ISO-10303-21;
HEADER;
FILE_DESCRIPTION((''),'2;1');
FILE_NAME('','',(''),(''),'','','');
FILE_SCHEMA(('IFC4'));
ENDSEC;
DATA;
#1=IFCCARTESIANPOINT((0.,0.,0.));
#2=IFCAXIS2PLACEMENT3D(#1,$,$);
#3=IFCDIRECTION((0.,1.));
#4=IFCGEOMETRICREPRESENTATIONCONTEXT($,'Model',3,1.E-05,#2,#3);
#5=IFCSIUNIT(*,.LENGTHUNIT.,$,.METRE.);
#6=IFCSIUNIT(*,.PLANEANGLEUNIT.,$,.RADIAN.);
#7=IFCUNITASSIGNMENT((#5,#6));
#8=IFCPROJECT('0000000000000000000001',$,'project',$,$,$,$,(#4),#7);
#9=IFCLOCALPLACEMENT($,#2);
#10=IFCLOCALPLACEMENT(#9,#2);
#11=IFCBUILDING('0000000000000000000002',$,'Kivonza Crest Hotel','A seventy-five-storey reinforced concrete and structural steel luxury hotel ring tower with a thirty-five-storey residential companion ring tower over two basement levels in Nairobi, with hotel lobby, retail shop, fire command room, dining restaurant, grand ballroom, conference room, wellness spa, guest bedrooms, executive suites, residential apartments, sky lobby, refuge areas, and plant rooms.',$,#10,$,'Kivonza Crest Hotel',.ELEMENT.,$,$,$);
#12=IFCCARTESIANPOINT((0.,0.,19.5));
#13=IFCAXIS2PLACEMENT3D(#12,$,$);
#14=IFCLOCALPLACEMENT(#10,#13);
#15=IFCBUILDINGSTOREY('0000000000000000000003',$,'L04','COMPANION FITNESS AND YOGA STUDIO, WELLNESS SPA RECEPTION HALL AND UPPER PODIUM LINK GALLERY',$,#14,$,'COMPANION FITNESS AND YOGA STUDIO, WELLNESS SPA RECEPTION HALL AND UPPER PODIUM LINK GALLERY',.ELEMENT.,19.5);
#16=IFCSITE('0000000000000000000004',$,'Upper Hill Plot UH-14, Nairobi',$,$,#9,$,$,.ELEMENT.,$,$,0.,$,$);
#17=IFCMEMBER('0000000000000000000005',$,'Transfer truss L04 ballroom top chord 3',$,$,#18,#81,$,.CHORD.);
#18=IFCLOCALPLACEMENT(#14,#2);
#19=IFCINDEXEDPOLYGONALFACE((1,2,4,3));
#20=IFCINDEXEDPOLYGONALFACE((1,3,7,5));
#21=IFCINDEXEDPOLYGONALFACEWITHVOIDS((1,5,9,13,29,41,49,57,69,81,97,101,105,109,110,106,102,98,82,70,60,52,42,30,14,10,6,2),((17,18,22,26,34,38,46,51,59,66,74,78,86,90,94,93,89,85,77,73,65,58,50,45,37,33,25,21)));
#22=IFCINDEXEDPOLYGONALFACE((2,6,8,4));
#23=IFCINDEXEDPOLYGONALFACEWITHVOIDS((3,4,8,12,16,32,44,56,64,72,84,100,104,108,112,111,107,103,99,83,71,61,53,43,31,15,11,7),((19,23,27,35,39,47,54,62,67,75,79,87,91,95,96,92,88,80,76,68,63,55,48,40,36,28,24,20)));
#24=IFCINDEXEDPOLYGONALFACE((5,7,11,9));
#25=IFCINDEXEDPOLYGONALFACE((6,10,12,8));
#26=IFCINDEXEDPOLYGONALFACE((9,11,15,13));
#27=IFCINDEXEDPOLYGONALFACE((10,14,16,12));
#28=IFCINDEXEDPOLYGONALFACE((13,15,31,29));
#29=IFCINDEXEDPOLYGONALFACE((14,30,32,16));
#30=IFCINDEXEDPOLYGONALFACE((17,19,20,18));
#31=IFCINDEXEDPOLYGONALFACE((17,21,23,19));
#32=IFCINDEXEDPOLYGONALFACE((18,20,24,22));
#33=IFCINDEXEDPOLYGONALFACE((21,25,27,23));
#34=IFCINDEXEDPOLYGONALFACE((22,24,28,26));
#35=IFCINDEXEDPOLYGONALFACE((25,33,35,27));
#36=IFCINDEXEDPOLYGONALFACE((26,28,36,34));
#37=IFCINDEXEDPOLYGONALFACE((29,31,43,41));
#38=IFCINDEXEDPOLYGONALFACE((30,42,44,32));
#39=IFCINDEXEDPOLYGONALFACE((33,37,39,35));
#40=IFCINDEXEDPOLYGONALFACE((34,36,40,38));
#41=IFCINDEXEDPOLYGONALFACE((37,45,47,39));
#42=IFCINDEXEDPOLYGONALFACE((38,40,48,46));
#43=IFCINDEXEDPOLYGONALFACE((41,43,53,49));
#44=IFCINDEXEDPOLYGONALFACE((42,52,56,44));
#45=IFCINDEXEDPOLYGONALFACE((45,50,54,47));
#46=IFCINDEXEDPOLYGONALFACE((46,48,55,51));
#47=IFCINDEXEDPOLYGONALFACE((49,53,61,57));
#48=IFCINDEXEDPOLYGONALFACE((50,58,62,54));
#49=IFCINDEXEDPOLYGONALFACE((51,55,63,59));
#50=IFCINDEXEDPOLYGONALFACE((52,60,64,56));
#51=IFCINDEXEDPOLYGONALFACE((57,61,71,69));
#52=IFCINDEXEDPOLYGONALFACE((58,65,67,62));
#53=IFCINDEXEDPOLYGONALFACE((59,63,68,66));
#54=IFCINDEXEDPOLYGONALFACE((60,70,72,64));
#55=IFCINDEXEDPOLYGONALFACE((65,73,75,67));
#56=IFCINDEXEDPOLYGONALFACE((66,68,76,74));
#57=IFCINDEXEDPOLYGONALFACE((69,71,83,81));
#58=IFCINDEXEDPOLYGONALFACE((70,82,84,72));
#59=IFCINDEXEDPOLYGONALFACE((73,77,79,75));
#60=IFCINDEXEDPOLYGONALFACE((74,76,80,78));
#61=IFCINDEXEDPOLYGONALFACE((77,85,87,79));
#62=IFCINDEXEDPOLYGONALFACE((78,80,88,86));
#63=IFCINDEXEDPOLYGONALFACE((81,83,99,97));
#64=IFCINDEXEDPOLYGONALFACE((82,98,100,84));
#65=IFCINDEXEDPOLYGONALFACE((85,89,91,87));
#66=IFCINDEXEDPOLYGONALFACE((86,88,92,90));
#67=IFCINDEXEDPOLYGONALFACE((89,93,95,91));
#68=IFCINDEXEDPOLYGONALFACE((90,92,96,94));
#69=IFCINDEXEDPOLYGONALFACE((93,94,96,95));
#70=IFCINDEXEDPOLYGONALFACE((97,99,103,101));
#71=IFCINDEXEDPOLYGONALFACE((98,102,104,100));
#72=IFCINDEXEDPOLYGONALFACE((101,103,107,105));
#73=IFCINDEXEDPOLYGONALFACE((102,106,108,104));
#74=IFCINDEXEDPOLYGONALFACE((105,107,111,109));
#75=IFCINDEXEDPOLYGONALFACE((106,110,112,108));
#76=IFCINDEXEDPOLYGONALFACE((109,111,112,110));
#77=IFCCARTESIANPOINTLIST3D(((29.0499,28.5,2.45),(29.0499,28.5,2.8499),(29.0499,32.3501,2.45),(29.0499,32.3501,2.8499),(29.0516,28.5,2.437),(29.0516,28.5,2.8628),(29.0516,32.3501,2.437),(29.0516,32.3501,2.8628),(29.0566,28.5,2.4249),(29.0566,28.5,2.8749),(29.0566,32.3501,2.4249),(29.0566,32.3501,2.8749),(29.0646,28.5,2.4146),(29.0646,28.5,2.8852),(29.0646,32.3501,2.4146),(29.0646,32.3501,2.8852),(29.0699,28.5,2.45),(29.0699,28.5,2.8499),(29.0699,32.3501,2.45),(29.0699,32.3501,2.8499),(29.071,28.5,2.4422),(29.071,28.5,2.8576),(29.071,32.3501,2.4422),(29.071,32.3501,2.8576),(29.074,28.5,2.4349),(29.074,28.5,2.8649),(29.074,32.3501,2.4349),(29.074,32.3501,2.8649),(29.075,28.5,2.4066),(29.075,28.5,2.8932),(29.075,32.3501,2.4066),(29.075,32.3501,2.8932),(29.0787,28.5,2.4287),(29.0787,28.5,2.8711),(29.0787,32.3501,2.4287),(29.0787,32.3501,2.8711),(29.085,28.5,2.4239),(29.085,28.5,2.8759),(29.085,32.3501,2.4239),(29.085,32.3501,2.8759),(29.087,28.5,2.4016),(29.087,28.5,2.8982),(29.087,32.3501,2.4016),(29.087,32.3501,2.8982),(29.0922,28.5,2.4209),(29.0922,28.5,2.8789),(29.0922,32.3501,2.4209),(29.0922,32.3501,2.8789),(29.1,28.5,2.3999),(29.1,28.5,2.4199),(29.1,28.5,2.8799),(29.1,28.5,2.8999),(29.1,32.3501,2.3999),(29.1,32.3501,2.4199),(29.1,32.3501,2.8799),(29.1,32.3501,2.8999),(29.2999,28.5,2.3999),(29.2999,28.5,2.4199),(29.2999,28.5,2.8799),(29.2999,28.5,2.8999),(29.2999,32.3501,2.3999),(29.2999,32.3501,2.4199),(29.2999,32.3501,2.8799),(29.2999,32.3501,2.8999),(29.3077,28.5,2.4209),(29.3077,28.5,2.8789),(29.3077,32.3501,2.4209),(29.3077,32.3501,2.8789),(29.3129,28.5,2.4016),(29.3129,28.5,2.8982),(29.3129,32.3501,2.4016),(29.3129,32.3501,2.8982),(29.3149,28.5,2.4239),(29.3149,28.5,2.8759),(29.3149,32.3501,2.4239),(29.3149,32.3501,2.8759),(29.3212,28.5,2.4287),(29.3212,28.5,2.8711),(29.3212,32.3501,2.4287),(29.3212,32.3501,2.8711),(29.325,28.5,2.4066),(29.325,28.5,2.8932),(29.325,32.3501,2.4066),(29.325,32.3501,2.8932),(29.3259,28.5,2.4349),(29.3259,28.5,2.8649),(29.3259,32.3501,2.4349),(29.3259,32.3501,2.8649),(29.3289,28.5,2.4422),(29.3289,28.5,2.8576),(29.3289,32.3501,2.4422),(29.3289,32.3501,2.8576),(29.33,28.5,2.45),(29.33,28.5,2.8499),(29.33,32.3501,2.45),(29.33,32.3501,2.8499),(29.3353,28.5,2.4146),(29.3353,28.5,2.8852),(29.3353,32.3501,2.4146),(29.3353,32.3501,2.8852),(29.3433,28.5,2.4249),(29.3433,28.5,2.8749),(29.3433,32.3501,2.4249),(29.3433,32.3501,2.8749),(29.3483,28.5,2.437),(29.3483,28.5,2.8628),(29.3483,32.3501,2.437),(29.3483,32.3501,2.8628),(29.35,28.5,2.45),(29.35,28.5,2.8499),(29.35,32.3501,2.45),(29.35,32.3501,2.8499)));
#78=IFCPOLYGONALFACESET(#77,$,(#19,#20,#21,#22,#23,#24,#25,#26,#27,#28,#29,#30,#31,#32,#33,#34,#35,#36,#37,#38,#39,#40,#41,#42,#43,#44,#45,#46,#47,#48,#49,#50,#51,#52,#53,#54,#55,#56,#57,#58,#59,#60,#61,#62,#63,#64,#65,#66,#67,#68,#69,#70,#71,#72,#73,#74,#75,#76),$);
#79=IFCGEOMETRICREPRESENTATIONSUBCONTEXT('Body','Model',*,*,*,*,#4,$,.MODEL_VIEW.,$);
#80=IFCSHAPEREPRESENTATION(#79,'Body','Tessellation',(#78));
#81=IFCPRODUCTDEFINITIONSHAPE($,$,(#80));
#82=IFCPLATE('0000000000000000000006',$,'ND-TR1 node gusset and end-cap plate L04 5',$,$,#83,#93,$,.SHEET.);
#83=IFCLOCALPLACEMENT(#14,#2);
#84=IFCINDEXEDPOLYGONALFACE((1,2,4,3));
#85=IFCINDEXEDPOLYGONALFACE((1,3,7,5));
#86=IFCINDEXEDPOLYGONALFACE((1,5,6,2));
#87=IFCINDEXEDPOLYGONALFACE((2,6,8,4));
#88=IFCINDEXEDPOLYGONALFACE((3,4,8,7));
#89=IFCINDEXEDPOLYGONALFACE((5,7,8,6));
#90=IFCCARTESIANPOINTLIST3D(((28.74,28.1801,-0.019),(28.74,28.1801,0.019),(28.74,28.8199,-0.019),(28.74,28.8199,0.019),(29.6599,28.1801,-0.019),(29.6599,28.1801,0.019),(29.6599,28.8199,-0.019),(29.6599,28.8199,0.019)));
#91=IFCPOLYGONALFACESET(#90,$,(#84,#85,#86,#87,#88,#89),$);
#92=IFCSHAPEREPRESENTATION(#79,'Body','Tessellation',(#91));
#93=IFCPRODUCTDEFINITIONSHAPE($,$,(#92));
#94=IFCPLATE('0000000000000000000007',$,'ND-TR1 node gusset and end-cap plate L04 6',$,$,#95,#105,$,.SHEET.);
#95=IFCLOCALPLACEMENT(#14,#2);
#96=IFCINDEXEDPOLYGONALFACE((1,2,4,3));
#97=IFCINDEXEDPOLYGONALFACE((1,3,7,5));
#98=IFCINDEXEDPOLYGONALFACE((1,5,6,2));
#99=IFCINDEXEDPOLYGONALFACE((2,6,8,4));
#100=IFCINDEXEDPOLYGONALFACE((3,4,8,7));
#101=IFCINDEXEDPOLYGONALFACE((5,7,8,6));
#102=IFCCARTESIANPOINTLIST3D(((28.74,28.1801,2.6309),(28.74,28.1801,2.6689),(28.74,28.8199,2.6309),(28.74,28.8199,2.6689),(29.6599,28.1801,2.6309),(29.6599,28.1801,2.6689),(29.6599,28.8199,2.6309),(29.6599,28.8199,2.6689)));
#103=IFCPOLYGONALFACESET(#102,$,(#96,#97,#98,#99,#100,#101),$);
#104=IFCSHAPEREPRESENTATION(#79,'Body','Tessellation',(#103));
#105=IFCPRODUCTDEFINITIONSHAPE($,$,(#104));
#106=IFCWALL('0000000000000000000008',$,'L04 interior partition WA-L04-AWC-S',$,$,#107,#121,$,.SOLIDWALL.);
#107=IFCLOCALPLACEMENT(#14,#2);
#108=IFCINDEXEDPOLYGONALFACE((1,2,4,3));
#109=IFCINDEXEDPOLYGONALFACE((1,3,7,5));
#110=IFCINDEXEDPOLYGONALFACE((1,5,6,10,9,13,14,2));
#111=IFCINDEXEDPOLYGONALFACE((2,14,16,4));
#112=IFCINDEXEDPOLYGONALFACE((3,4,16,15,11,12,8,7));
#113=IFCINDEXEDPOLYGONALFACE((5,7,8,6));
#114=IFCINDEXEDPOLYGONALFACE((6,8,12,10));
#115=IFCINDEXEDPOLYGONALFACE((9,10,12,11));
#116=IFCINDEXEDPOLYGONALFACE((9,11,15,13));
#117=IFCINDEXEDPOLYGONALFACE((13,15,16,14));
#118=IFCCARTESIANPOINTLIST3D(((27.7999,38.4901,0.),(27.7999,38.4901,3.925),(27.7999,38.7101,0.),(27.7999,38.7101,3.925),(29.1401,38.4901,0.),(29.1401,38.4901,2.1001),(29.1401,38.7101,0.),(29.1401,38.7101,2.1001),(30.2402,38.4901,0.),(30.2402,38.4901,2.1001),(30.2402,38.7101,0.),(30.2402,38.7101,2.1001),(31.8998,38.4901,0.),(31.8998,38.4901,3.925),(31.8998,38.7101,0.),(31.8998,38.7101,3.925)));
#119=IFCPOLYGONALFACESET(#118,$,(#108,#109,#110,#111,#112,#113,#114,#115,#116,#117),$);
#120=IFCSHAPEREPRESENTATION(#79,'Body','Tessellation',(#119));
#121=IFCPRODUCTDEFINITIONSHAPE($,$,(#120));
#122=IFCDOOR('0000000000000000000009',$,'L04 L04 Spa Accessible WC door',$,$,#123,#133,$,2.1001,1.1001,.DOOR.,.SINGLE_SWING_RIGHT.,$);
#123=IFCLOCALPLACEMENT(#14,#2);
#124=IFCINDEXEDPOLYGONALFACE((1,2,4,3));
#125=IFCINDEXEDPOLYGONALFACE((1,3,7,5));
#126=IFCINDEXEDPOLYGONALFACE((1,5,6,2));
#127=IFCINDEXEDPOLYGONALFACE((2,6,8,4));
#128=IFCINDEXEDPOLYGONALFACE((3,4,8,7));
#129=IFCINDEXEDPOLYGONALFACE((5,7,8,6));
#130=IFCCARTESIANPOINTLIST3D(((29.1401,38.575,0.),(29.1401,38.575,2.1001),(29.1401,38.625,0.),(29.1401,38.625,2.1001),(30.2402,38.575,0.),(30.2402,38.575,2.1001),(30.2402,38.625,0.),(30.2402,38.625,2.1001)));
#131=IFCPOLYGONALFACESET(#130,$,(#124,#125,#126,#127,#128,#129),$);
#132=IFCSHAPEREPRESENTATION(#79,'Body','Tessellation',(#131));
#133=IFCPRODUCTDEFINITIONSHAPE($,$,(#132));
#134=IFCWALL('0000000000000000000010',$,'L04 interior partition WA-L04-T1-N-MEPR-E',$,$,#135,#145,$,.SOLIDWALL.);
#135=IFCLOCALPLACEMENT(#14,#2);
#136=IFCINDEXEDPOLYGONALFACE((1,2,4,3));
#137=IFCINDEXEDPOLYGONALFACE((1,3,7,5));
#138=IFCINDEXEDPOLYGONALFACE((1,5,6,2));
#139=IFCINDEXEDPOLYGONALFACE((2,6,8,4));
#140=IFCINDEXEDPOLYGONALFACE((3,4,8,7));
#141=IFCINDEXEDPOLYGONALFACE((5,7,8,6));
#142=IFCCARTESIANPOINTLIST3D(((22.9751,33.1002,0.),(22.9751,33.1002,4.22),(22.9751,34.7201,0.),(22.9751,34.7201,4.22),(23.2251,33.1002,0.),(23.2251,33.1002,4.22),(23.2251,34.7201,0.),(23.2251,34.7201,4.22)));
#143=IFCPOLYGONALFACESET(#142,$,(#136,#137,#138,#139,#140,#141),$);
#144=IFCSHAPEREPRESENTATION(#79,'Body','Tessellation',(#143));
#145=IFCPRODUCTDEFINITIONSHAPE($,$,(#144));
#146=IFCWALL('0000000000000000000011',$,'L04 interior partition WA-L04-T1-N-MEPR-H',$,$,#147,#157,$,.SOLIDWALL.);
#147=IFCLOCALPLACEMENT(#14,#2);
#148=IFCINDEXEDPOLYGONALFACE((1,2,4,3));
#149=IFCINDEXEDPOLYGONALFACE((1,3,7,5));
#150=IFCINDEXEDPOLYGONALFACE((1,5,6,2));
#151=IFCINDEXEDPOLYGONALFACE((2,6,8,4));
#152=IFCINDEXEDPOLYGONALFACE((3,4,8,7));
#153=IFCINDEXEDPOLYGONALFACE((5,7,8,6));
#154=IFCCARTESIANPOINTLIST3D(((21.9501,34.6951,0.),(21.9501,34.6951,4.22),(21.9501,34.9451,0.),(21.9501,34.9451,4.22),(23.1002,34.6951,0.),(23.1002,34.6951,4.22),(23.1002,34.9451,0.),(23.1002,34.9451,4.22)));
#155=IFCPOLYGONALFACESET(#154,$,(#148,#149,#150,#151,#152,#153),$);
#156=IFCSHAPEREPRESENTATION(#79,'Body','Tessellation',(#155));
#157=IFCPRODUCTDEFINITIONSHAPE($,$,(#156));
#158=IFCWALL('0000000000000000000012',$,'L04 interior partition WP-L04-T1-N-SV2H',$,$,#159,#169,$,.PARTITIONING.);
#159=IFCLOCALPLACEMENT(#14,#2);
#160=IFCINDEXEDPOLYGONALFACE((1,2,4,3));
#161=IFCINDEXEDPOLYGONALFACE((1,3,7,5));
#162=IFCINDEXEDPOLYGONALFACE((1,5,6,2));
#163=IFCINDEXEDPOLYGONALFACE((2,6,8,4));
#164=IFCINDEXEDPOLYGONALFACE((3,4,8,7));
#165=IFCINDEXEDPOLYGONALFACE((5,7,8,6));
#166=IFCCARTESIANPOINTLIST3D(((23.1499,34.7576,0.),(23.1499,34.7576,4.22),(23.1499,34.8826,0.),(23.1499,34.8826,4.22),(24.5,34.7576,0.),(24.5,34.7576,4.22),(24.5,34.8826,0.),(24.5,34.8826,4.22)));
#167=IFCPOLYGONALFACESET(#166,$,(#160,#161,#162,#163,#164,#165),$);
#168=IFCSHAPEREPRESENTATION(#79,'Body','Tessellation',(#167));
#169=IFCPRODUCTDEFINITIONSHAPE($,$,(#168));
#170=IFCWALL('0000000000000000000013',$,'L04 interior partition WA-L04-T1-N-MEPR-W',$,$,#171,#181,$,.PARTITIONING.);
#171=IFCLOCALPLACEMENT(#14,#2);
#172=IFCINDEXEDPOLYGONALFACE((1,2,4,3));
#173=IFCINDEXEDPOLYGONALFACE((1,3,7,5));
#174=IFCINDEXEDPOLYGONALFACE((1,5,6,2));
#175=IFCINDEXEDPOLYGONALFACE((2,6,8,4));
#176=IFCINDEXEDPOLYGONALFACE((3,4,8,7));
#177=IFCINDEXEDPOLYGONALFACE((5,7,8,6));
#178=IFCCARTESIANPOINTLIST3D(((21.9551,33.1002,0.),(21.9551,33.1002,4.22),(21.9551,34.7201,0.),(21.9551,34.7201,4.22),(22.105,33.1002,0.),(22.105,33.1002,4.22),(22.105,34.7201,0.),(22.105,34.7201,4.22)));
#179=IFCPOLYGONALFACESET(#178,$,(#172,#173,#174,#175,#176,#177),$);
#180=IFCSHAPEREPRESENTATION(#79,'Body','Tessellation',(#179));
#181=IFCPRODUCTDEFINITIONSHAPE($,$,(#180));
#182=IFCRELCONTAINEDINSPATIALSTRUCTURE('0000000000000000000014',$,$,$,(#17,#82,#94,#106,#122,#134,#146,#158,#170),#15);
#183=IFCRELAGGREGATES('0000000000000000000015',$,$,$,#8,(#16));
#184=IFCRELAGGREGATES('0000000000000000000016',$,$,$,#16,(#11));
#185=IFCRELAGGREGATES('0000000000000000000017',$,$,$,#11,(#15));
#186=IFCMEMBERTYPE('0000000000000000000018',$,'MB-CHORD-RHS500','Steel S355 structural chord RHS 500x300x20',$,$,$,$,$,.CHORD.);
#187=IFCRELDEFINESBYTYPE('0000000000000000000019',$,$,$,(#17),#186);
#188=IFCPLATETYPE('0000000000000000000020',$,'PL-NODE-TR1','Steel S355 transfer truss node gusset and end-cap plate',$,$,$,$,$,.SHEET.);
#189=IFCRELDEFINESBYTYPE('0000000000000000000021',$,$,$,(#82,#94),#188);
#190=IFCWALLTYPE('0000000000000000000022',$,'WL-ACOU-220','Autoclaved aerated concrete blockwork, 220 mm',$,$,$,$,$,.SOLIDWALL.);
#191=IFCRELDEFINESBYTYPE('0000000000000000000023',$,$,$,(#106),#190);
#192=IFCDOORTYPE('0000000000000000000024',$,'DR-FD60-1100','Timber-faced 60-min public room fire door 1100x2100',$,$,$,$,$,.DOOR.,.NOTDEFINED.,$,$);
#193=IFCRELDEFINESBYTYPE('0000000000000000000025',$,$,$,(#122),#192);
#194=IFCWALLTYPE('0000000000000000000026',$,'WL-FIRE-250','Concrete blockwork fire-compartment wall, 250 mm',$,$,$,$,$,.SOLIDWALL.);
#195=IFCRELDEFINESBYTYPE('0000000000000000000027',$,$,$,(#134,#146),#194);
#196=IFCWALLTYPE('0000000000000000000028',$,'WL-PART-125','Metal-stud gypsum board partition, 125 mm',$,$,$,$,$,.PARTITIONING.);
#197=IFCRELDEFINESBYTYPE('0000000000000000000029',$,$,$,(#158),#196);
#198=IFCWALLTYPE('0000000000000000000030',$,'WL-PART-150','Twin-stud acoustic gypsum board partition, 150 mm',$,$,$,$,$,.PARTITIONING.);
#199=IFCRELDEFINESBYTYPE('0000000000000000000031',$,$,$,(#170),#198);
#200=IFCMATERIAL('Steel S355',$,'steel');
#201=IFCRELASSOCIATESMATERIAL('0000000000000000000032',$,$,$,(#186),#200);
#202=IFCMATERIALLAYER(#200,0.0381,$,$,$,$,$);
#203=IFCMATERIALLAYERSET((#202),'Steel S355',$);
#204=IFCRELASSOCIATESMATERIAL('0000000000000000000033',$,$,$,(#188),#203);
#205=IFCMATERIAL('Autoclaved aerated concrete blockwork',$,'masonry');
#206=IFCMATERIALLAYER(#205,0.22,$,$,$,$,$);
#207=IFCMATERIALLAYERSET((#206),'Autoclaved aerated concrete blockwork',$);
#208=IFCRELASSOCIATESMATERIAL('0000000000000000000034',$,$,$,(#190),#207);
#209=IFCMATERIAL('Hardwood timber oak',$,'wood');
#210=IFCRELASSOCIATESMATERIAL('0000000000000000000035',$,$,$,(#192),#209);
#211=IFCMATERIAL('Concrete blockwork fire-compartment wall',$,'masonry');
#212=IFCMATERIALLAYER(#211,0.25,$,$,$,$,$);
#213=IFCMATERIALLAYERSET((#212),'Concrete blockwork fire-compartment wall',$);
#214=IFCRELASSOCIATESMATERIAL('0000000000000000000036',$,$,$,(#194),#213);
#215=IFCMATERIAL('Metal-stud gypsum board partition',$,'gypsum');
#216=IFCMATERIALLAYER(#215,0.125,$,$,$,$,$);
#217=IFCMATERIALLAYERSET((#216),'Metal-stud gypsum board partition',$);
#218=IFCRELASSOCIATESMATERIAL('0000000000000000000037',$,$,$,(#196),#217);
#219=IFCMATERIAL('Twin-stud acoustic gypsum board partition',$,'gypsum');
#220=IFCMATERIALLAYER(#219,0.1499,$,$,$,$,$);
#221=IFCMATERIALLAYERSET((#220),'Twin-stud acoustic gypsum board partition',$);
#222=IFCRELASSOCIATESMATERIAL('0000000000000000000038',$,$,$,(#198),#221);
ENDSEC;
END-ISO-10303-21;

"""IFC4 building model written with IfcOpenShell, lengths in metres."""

from ifc_helpers import new_model, si_unit, direction, frame, frame_2d, origin, origin_2d, place, context, subcontext, project, spatial, rectangle, hollow_rectangle, extrude, material, layer, layer_set, material_profile, profile_set, type_object, element, fill, save


model = new_model("IFC4")

# Units and contexts
model_context = context("Model", 3, precision=1e-05, world=origin(), true_north=direction((0.0, 1.0)))
body_context = subcontext(model_context, "Body", "Model", "MODEL_VIEW")
ifc_project = project(units=[si_unit("LENGTHUNIT", "METRE"), si_unit("PLANEANGLEUNIT", "RADIAN")], contexts=[model_context])

# Site, building, storey
site_placement = place(None, origin())
site = spatial("IfcSite", under=ifc_project, at=site_placement, Name="Upper Hill Plot UH-14, Nairobi", CompositionType="ELEMENT", RefElevation=0.0)
building_placement = place(site_placement, origin())
building = spatial("IfcBuilding", under=site, at=building_placement, Name="Kivonza Crest Hotel", Description="A seventy-five-storey reinforced concrete and structural steel luxury hotel ring tower with a thirty-five-storey residential companion ring tower over two basement levels in Nairobi, with hotel lobby, retail shop, fire command room, dining restaurant, grand ballroom, conference room, wellness spa, guest bedrooms, executive suites, residential apartments, sky lobby, refuge areas, and plant rooms.", LongName="Kivonza Crest Hotel", CompositionType="ELEMENT")
storey_placement = place(building_placement, frame((0.0, 0.0, 19.5)))
storey = spatial("IfcBuildingStorey", under=building, at=storey_placement, Name="L04", Description="COMPANION FITNESS AND YOGA STUDIO, WELLNESS SPA RECEPTION HALL AND UPPER PODIUM LINK GALLERY", LongName="COMPANION FITNESS AND YOGA STUDIO, WELLNESS SPA RECEPTION HALL AND UPPER PODIUM LINK GALLERY", CompositionType="ELEMENT", Elevation=19.5)

# Shared definitions
ifc_material_1 = material(Name="Steel S355", Category="steel")

# Member
ifc_material_profile_1 = material_profile(ifc_material_1, hollow_rectangle(XDim=0.3, YDim=0.5, WallThickness=0.02, InnerFilletRadius=0.03, OuterFilletRadius=0.05, at=origin_2d()), Name="RHS 500x300x20")
ifc_profile_set_1 = profile_set([ifc_material_profile_1], Name="Steel S355")
member_type = type_object("IfcMemberType", Name="MB-CHORD-RHS500", Description="Steel S355 structural chord RHS 500x300x20", PredefinedType="CHORD", material=ifc_profile_set_1)
for number, where, z_axis, x_axis, name in (
    (1, (29.2, 28.5, 2.6499), (0.0, 1.0, 0.0), (-1.0, 0.0, 0.0), "Transfer truss L04 ballroom top chord 3"),
):
    element("IfcMember", number, at=place(storey_placement, frame(where, z_axis=z_axis, x_axis=x_axis)), inside=storey, type_object=member_type, Name=name, PredefinedType="CHORD", context=body_context, shape_type="SweptSolid", body=[
        extrude(hollow_rectangle(XDim=0.3, YDim=0.5, WallThickness=0.02, InnerFilletRadius=0.03, OuterFilletRadius=0.05, at=origin_2d()), origin(), (0.0, 0.0, 1.0), 3.8501),
    ])

# Plates
ifc_layer_1 = layer(ifc_material_1, 0.0381)
ifc_layer_set_1 = layer_set([ifc_layer_1], Name="Steel S355")
plate_type = type_object("IfcPlateType", Name="PL-NODE-TR1", Description="Steel S355 transfer truss node gusset and end-cap plate", PredefinedType="SHEET", material=ifc_layer_set_1)
for number, where, z_axis, x_axis, name in (
    (2, (29.2, 28.5, -0.019), (0.0, 0.0, 1.0), (1.0, 0.0, 0.0), "ND-TR1 node gusset and end-cap plate L04 5"),
    (3, (29.2, 28.5, 2.6309), (0.0, 0.0, 1.0), (1.0, 0.0, 0.0), "ND-TR1 node gusset and end-cap plate L04 6"),
):
    element("IfcPlate", number, at=place(storey_placement, frame(where, z_axis=z_axis, x_axis=x_axis)), inside=storey, type_object=plate_type, Name=name, PredefinedType="SHEET", context=body_context, shape_type="SweptSolid", body=[
        extrude(rectangle(XDim=0.9199, YDim=0.6399, at=origin_2d()), origin(), (0.0, 0.0, 1.0), 0.0381),
    ])

# Wall, opening, door
ifc_material_2 = material(Name="Autoclaved aerated concrete blockwork", Category="masonry")
ifc_layer_2 = layer(ifc_material_2, 0.22)
ifc_layer_set_2 = layer_set([ifc_layer_2], Name="Autoclaved aerated concrete blockwork")
wall_type_1 = type_object("IfcWallType", Name="WL-ACOU-220", Description="Autoclaved aerated concrete blockwork, 220 mm", PredefinedType="SOLIDWALL", material=ifc_layer_set_2)
wall_1_placement = place(storey_placement, frame((27.8, 38.6001, 0.0), z_axis=(0.0, 0.0, 1.0), x_axis=(1.0, 0.0, 0.0)))
wall_1 = element("IfcWall", 4, at=wall_1_placement, inside=storey, type_object=wall_type_1, Name="L04 interior partition WA-L04-AWC-S", PredefinedType="SOLIDWALL", context=body_context, shape_type="SweptSolid", body=[
    extrude(rectangle(XDim=4.0999, YDim=0.22, at=frame_2d((2.0498, 0.0))), origin(), (0.0, 0.0, 1.0), 3.925),
])
opening_1_placement = place(wall_1_placement, frame((1.3401, 0.0, 0.0)))
opening_1 = element("IfcOpeningElement", 5, at=opening_1_placement, cuts=wall_1, PredefinedType="OPENING", context=body_context, shape_type="SweptSolid", body=[
    extrude(rectangle(XDim=1.1001, YDim=2.1001, at=frame_2d((0.55, 1.05))), frame((0.0, 0.1201, 0.0), z_axis=(0.0, -1.0, 0.0), x_axis=(1.0, 0.0, 0.0)), (0.0, 0.0, 1.0), 0.24),
])
ifc_material_3 = material(Name="Hardwood timber oak", Category="wood")
door_type_1 = type_object("IfcDoorType", Name="DR-FD60-1100", Description="Timber-faced 60-min public room fire door 1100x2100", OperationType="NOTDEFINED", PredefinedType="DOOR", material=ifc_material_3)
door_1_placement = place(opening_1_placement, origin())
door_1 = element("IfcDoor", 6, at=door_1_placement, inside=storey, type_object=door_type_1, Name="L04 L04 Spa Accessible WC door", OperationType="SINGLE_SWING_RIGHT", OverallHeight=2.1001, OverallWidth=1.1001, PredefinedType="DOOR", context=body_context, shape_type="SweptSolid", body=[
    extrude(rectangle(XDim=1.1001, YDim=2.1001, at=frame_2d((0.55, 1.05))), frame((0.0, 0.0249, 0.0), z_axis=(0.0, -1.0, 0.0), x_axis=(1.0, 0.0, 0.0)), (0.0, 0.0, 1.0), 0.05),
])
fill(opening_1, door_1)

# Walls
ifc_material_4 = material(Name="Concrete blockwork fire-compartment wall", Category="masonry")
ifc_layer_3 = layer(ifc_material_4, 0.25)
ifc_layer_set_3 = layer_set([ifc_layer_3], Name="Concrete blockwork fire-compartment wall")
wall_type_2 = type_object("IfcWallType", Name="WL-FIRE-250", Description="Concrete blockwork fire-compartment wall, 250 mm", PredefinedType="SOLIDWALL", material=ifc_layer_set_3)
wall_2_placement = place(storey_placement, frame((23.1001, 33.1001, 0.0), z_axis=(0.0, 0.0, 1.0), x_axis=(0.0, 1.0, 0.0)))
element("IfcWall", 7, at=wall_2_placement, inside=storey, type_object=wall_type_2, Name="L04 interior partition WA-L04-T1-N-MEPR-E", PredefinedType="SOLIDWALL", context=body_context, shape_type="SweptSolid", body=[
    extrude(rectangle(XDim=1.6199, YDim=0.25, at=frame_2d((0.8101, 0.0))), origin(), (0.0, 0.0, 1.0), 4.22),
])
wall_3_placement = place(storey_placement, frame((21.95, 34.8201, 0.0), z_axis=(0.0, 0.0, 1.0), x_axis=(1.0, 0.0, 0.0)))
element("IfcWall", 8, at=wall_3_placement, inside=storey, type_object=wall_type_2, Name="L04 interior partition WA-L04-T1-N-MEPR-H", PredefinedType="SOLIDWALL", context=body_context, shape_type="SweptSolid", body=[
    extrude(rectangle(XDim=1.1501, YDim=0.25, at=frame_2d((0.5752, 0.0))), origin(), (0.0, 0.0, 1.0), 4.22),
])
ifc_material_5 = material(Name="Metal-stud gypsum board partition", Category="gypsum")
ifc_layer_4 = layer(ifc_material_5, 0.125)
ifc_layer_set_4 = layer_set([ifc_layer_4], Name="Metal-stud gypsum board partition")
wall_type_3 = type_object("IfcWallType", Name="WL-PART-125", Description="Metal-stud gypsum board partition, 125 mm", PredefinedType="PARTITIONING", material=ifc_layer_set_4)
wall_4_placement = place(storey_placement, frame((23.1499, 34.8201, 0.0), z_axis=(0.0, 0.0, 1.0), x_axis=(1.0, 0.0, 0.0)))
element("IfcWall", 9, at=wall_4_placement, inside=storey, type_object=wall_type_3, Name="L04 interior partition WP-L04-T1-N-SV2H", PredefinedType="PARTITIONING", context=body_context, shape_type="SweptSolid", body=[
    extrude(rectangle(XDim=1.3501, YDim=0.125, at=frame_2d((0.675, 0.0))), origin(), (0.0, 0.0, 1.0), 4.22),
])
ifc_material_6 = material(Name="Twin-stud acoustic gypsum board partition", Category="gypsum")
ifc_layer_5 = layer(ifc_material_6, 0.1499)
ifc_layer_set_5 = layer_set([ifc_layer_5], Name="Twin-stud acoustic gypsum board partition")
wall_type_4 = type_object("IfcWallType", Name="WL-PART-150", Description="Twin-stud acoustic gypsum board partition, 150 mm", PredefinedType="PARTITIONING", material=ifc_layer_set_5)
wall_5_placement = place(storey_placement, frame((22.03, 33.1001, 0.0), z_axis=(0.0, 0.0, 1.0), x_axis=(0.0, 1.0, 0.0)))
element("IfcWall", 10, at=wall_5_placement, inside=storey, type_object=wall_type_4, Name="L04 interior partition WA-L04-T1-N-MEPR-W", PredefinedType="PARTITIONING", context=body_context, shape_type="SweptSolid", body=[
    extrude(rectangle(XDim=1.6199, YDim=0.1499, at=frame_2d((0.8101, 0.0))), origin(), (0.0, 0.0, 1.0), 4.22),
])

save(model, "model.ifc")
